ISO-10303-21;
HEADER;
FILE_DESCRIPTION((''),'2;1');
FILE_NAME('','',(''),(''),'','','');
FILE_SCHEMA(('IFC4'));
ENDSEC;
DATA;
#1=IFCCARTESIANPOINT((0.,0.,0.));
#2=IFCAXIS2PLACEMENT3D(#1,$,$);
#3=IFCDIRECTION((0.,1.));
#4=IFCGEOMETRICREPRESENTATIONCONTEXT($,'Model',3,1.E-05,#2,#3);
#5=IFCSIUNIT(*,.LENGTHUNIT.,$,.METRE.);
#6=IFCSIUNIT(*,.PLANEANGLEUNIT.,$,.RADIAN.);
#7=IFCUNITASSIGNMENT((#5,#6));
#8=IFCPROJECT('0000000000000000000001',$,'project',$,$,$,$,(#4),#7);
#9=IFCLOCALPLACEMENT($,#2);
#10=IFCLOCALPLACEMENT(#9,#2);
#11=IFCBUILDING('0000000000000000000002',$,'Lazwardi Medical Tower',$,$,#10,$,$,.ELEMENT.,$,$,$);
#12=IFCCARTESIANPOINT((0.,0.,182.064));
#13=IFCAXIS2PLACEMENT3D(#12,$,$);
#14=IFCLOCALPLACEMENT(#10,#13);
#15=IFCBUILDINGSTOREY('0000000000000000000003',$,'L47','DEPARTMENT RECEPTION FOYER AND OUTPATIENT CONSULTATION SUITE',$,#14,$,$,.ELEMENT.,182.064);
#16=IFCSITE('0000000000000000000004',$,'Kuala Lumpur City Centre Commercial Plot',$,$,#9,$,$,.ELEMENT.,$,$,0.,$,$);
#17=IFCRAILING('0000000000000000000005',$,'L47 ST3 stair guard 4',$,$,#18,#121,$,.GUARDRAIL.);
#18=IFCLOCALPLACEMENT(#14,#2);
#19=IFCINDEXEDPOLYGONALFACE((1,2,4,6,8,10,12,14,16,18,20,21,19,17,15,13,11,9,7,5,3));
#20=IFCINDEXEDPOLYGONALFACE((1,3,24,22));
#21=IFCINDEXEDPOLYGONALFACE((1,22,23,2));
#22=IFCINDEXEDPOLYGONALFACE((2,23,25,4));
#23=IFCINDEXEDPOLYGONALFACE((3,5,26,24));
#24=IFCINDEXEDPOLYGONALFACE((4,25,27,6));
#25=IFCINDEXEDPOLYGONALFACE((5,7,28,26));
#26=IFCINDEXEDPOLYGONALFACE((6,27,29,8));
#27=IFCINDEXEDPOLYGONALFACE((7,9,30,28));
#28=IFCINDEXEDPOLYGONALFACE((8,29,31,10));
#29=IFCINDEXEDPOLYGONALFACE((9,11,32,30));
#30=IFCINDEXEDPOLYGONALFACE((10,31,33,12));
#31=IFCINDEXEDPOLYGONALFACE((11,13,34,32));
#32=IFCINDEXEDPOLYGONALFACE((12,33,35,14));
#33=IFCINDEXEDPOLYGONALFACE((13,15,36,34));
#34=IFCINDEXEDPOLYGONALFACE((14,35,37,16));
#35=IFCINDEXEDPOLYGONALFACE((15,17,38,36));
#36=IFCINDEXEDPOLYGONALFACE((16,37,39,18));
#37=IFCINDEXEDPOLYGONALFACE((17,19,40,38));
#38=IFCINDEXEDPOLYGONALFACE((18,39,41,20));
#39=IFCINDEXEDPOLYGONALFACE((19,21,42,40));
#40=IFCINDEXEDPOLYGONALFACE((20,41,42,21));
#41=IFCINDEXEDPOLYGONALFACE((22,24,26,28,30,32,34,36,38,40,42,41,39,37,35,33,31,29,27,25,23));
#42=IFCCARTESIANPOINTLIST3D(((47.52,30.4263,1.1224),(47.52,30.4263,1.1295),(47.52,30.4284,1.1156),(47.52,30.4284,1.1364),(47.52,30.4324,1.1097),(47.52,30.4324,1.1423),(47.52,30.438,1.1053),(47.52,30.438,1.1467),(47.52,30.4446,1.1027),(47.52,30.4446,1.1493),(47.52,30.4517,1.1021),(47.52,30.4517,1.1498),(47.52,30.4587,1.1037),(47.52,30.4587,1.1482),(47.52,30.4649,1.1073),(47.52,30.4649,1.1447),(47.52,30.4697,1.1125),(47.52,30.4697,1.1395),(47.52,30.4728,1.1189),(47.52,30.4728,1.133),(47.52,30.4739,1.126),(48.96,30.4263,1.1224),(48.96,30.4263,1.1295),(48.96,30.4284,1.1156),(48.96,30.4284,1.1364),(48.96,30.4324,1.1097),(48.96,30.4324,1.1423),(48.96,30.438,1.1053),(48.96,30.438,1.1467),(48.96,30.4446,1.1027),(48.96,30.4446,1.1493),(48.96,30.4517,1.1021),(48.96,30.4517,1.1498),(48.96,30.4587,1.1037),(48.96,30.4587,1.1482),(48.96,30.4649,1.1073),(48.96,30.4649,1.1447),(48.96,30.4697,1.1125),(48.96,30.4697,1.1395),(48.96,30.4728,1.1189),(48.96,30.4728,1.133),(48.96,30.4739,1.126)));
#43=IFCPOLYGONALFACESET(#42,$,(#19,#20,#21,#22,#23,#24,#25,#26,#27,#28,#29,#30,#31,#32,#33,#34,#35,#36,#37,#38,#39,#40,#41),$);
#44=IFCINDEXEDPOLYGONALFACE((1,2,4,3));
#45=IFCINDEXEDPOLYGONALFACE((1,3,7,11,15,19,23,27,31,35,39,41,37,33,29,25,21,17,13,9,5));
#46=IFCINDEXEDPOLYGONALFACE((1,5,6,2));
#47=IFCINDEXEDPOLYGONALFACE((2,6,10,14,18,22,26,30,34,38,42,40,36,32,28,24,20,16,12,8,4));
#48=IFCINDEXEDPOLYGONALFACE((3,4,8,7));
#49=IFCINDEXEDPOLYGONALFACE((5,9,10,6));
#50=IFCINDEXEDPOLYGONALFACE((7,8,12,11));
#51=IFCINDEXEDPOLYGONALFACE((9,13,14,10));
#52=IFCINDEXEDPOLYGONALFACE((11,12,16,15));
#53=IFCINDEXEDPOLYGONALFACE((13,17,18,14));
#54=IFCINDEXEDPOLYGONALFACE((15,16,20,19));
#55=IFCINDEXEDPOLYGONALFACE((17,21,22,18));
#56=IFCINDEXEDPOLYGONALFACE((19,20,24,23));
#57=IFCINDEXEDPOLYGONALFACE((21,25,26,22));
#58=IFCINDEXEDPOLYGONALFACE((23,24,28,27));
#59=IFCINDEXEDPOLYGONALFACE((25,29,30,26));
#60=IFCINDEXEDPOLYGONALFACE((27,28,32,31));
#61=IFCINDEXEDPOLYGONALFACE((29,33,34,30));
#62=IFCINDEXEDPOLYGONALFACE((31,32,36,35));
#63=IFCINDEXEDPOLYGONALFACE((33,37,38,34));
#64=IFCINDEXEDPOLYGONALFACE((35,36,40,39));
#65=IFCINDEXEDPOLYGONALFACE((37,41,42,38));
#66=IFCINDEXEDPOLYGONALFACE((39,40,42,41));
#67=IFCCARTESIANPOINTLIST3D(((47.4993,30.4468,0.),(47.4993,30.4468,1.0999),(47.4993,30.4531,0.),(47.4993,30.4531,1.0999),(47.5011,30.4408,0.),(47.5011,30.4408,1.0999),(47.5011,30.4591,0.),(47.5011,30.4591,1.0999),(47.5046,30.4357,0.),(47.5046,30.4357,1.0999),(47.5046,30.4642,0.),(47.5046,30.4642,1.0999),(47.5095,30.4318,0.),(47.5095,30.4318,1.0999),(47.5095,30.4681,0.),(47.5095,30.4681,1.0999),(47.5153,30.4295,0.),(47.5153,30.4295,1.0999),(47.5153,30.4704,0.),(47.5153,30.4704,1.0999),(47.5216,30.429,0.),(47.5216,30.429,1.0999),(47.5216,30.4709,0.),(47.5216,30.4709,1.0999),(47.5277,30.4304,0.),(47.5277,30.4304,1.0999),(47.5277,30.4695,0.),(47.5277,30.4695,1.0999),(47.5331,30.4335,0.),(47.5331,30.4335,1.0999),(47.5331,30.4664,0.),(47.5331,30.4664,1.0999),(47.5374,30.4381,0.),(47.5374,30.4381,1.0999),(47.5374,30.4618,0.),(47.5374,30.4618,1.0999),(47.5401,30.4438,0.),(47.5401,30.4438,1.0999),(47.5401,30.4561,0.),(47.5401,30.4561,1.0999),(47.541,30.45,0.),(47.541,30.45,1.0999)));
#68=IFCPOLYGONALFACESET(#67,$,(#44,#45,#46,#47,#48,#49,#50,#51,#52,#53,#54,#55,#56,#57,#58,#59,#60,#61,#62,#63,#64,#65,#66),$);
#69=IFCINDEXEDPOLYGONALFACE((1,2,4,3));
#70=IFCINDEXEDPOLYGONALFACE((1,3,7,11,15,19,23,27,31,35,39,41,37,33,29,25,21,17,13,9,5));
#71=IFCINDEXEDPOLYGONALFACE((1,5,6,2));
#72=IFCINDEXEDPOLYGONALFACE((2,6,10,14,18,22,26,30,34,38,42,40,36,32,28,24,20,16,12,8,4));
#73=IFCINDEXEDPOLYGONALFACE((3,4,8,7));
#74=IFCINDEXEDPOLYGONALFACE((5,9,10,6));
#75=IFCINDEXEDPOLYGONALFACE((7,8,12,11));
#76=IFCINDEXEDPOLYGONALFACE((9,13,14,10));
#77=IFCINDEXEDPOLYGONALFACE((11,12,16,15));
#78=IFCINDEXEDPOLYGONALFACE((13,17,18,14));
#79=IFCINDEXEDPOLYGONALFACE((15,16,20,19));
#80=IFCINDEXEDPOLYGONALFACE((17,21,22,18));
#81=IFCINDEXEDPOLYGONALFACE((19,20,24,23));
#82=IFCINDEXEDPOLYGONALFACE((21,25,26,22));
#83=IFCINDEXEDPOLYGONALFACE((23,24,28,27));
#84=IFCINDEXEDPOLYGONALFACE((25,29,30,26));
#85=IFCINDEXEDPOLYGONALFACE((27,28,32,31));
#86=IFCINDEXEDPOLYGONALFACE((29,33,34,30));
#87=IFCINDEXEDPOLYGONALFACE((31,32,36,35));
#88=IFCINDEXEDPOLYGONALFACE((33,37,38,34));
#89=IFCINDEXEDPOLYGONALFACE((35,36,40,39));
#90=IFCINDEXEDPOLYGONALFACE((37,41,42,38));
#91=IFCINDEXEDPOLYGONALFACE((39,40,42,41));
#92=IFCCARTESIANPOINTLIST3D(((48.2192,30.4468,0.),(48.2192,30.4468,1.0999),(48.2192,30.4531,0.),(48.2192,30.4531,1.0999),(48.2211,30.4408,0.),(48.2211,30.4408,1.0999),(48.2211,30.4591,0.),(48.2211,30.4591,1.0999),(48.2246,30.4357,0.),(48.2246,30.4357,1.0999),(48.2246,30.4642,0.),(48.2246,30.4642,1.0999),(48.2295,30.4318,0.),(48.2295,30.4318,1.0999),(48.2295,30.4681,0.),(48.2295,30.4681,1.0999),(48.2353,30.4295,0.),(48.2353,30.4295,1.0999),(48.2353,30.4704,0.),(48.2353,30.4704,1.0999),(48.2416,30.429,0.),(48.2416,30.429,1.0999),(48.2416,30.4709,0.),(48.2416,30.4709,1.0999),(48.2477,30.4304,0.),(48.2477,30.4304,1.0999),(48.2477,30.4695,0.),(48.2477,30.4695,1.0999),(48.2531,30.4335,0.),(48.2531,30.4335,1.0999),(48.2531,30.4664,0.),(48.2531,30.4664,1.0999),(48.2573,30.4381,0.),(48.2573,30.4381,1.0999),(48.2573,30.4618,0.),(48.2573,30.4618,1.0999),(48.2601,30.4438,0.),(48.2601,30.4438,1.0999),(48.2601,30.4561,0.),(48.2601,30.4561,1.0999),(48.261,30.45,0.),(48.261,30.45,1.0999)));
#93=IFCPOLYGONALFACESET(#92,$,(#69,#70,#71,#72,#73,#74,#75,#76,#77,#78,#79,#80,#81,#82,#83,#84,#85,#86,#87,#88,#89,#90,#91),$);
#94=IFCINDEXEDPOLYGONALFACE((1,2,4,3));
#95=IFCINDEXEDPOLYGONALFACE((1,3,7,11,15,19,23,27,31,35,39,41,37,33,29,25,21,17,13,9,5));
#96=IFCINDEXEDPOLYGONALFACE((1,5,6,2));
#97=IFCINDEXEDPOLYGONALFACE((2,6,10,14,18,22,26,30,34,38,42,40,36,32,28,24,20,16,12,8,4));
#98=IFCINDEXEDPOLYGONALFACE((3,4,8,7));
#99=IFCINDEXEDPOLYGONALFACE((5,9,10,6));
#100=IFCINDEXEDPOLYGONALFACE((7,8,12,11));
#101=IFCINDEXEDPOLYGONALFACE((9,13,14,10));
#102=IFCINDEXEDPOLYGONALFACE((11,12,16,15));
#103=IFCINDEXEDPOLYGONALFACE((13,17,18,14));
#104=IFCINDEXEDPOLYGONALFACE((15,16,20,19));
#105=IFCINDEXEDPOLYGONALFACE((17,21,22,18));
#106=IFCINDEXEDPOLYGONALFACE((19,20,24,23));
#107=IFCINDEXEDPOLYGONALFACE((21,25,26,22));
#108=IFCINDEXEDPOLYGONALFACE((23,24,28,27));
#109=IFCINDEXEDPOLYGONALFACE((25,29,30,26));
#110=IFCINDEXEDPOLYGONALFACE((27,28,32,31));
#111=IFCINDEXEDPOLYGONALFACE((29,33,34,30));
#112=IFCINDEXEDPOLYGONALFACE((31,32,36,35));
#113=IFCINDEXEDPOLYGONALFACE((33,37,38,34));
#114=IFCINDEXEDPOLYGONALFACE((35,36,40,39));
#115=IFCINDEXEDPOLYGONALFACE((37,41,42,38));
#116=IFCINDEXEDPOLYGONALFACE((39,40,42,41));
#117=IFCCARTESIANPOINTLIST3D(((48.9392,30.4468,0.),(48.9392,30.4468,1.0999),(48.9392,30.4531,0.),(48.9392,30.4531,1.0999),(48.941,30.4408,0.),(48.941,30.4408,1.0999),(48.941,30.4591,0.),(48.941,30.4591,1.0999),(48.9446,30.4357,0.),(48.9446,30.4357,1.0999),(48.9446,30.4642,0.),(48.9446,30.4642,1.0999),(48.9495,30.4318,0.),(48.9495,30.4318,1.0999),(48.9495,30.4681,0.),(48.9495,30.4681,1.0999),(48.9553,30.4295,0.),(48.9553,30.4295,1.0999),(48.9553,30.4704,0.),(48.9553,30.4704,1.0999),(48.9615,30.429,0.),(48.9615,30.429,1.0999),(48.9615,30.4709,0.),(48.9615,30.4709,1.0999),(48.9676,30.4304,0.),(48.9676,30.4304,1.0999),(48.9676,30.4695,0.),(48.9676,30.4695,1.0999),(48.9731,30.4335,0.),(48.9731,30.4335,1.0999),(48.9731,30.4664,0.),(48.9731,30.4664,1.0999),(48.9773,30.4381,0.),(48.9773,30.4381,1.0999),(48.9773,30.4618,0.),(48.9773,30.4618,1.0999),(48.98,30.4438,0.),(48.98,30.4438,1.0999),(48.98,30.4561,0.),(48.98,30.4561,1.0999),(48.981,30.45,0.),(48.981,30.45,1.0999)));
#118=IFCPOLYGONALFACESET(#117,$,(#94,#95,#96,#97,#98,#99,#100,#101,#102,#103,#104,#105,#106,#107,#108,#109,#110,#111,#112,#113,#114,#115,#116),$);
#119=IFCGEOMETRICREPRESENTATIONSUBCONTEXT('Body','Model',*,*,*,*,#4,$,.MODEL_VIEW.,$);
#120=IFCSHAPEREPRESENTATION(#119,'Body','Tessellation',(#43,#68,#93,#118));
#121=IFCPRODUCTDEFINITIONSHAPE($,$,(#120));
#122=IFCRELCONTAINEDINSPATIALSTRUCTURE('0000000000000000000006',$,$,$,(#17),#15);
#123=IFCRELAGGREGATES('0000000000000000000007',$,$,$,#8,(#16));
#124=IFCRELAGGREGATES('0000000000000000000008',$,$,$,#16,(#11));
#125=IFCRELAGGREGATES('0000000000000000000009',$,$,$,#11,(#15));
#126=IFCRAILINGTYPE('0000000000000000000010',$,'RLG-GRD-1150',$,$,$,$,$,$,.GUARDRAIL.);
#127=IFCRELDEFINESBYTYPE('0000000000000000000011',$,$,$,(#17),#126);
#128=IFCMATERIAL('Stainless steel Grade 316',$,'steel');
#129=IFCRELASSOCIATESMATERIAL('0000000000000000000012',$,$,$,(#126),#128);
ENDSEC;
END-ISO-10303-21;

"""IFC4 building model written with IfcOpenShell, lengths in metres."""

from ifc_helpers import new_model, si_unit, direction, frame, origin, origin_2d, place, context, subcontext, project, spatial, circle, extrude, material, type_object, element, save


model = new_model("IFC4")

# Units and contexts
model_context = context("Model", 3, precision=1e-05, world=origin(), true_north=direction((0.0, 1.0)))
body_context = subcontext(model_context, "Body", "Model", "MODEL_VIEW")
ifc_project = project(units=[si_unit("LENGTHUNIT", "METRE"), si_unit("PLANEANGLEUNIT", "RADIAN")], contexts=[model_context])

# Site, building, storey
site_placement = place(None, origin())
site = spatial("IfcSite", under=ifc_project, at=site_placement, Name="Kuala Lumpur City Centre Commercial Plot", CompositionType="ELEMENT", RefElevation=0.0)
building_placement = place(site_placement, origin())
building = spatial("IfcBuilding", under=site, at=building_placement, Name="Lazwardi Medical Tower", CompositionType="ELEMENT")
storey_placement = place(building_placement, frame((0.0, 0.0, 182.064)))
storey = spatial("IfcBuildingStorey", under=building, at=storey_placement, Name="L47", Description="DEPARTMENT RECEPTION FOYER AND OUTPATIENT CONSULTATION SUITE", CompositionType="ELEMENT", Elevation=182.064)

# Railing
ifc_material_1 = material(Name="Stainless steel Grade 316", Category="steel")
railing_type = type_object("IfcRailingType", Name="RLG-GRD-1150", PredefinedType="GUARDRAIL", material=ifc_material_1)
railing_1_placement = place(storey_placement, frame((47.52, 30.45, 0.0)))
element("IfcRailing", 1, at=railing_1_placement, inside=storey, type_object=railing_type, Name="L47 ST3 stair guard 4", PredefinedType="GUARDRAIL", context=body_context, shape_type="SweptSolid", body=[
    extrude(circle(Radius=0.0239, at=origin_2d()), frame((0.0, 0.0, 1.126), z_axis=(1.0, 0.0, 0.0), x_axis=(0.0, 1.0, 0.0)), (0.0, 0.0, 1.0), 1.4399),
    extrude(circle(Radius=0.021, at=origin_2d()), origin(), (0.0, 0.0, 1.0), 1.0999),
    extrude(circle(Radius=0.021, at=origin_2d()), frame((0.72, 0.0, 0.0)), (0.0, 0.0, 1.0), 1.0999),
    extrude(circle(Radius=0.021, at=origin_2d()), frame((1.4399, 0.0, 0.0)), (0.0, 0.0, 1.0), 1.0999),
])

save(model, "model.ifc")
